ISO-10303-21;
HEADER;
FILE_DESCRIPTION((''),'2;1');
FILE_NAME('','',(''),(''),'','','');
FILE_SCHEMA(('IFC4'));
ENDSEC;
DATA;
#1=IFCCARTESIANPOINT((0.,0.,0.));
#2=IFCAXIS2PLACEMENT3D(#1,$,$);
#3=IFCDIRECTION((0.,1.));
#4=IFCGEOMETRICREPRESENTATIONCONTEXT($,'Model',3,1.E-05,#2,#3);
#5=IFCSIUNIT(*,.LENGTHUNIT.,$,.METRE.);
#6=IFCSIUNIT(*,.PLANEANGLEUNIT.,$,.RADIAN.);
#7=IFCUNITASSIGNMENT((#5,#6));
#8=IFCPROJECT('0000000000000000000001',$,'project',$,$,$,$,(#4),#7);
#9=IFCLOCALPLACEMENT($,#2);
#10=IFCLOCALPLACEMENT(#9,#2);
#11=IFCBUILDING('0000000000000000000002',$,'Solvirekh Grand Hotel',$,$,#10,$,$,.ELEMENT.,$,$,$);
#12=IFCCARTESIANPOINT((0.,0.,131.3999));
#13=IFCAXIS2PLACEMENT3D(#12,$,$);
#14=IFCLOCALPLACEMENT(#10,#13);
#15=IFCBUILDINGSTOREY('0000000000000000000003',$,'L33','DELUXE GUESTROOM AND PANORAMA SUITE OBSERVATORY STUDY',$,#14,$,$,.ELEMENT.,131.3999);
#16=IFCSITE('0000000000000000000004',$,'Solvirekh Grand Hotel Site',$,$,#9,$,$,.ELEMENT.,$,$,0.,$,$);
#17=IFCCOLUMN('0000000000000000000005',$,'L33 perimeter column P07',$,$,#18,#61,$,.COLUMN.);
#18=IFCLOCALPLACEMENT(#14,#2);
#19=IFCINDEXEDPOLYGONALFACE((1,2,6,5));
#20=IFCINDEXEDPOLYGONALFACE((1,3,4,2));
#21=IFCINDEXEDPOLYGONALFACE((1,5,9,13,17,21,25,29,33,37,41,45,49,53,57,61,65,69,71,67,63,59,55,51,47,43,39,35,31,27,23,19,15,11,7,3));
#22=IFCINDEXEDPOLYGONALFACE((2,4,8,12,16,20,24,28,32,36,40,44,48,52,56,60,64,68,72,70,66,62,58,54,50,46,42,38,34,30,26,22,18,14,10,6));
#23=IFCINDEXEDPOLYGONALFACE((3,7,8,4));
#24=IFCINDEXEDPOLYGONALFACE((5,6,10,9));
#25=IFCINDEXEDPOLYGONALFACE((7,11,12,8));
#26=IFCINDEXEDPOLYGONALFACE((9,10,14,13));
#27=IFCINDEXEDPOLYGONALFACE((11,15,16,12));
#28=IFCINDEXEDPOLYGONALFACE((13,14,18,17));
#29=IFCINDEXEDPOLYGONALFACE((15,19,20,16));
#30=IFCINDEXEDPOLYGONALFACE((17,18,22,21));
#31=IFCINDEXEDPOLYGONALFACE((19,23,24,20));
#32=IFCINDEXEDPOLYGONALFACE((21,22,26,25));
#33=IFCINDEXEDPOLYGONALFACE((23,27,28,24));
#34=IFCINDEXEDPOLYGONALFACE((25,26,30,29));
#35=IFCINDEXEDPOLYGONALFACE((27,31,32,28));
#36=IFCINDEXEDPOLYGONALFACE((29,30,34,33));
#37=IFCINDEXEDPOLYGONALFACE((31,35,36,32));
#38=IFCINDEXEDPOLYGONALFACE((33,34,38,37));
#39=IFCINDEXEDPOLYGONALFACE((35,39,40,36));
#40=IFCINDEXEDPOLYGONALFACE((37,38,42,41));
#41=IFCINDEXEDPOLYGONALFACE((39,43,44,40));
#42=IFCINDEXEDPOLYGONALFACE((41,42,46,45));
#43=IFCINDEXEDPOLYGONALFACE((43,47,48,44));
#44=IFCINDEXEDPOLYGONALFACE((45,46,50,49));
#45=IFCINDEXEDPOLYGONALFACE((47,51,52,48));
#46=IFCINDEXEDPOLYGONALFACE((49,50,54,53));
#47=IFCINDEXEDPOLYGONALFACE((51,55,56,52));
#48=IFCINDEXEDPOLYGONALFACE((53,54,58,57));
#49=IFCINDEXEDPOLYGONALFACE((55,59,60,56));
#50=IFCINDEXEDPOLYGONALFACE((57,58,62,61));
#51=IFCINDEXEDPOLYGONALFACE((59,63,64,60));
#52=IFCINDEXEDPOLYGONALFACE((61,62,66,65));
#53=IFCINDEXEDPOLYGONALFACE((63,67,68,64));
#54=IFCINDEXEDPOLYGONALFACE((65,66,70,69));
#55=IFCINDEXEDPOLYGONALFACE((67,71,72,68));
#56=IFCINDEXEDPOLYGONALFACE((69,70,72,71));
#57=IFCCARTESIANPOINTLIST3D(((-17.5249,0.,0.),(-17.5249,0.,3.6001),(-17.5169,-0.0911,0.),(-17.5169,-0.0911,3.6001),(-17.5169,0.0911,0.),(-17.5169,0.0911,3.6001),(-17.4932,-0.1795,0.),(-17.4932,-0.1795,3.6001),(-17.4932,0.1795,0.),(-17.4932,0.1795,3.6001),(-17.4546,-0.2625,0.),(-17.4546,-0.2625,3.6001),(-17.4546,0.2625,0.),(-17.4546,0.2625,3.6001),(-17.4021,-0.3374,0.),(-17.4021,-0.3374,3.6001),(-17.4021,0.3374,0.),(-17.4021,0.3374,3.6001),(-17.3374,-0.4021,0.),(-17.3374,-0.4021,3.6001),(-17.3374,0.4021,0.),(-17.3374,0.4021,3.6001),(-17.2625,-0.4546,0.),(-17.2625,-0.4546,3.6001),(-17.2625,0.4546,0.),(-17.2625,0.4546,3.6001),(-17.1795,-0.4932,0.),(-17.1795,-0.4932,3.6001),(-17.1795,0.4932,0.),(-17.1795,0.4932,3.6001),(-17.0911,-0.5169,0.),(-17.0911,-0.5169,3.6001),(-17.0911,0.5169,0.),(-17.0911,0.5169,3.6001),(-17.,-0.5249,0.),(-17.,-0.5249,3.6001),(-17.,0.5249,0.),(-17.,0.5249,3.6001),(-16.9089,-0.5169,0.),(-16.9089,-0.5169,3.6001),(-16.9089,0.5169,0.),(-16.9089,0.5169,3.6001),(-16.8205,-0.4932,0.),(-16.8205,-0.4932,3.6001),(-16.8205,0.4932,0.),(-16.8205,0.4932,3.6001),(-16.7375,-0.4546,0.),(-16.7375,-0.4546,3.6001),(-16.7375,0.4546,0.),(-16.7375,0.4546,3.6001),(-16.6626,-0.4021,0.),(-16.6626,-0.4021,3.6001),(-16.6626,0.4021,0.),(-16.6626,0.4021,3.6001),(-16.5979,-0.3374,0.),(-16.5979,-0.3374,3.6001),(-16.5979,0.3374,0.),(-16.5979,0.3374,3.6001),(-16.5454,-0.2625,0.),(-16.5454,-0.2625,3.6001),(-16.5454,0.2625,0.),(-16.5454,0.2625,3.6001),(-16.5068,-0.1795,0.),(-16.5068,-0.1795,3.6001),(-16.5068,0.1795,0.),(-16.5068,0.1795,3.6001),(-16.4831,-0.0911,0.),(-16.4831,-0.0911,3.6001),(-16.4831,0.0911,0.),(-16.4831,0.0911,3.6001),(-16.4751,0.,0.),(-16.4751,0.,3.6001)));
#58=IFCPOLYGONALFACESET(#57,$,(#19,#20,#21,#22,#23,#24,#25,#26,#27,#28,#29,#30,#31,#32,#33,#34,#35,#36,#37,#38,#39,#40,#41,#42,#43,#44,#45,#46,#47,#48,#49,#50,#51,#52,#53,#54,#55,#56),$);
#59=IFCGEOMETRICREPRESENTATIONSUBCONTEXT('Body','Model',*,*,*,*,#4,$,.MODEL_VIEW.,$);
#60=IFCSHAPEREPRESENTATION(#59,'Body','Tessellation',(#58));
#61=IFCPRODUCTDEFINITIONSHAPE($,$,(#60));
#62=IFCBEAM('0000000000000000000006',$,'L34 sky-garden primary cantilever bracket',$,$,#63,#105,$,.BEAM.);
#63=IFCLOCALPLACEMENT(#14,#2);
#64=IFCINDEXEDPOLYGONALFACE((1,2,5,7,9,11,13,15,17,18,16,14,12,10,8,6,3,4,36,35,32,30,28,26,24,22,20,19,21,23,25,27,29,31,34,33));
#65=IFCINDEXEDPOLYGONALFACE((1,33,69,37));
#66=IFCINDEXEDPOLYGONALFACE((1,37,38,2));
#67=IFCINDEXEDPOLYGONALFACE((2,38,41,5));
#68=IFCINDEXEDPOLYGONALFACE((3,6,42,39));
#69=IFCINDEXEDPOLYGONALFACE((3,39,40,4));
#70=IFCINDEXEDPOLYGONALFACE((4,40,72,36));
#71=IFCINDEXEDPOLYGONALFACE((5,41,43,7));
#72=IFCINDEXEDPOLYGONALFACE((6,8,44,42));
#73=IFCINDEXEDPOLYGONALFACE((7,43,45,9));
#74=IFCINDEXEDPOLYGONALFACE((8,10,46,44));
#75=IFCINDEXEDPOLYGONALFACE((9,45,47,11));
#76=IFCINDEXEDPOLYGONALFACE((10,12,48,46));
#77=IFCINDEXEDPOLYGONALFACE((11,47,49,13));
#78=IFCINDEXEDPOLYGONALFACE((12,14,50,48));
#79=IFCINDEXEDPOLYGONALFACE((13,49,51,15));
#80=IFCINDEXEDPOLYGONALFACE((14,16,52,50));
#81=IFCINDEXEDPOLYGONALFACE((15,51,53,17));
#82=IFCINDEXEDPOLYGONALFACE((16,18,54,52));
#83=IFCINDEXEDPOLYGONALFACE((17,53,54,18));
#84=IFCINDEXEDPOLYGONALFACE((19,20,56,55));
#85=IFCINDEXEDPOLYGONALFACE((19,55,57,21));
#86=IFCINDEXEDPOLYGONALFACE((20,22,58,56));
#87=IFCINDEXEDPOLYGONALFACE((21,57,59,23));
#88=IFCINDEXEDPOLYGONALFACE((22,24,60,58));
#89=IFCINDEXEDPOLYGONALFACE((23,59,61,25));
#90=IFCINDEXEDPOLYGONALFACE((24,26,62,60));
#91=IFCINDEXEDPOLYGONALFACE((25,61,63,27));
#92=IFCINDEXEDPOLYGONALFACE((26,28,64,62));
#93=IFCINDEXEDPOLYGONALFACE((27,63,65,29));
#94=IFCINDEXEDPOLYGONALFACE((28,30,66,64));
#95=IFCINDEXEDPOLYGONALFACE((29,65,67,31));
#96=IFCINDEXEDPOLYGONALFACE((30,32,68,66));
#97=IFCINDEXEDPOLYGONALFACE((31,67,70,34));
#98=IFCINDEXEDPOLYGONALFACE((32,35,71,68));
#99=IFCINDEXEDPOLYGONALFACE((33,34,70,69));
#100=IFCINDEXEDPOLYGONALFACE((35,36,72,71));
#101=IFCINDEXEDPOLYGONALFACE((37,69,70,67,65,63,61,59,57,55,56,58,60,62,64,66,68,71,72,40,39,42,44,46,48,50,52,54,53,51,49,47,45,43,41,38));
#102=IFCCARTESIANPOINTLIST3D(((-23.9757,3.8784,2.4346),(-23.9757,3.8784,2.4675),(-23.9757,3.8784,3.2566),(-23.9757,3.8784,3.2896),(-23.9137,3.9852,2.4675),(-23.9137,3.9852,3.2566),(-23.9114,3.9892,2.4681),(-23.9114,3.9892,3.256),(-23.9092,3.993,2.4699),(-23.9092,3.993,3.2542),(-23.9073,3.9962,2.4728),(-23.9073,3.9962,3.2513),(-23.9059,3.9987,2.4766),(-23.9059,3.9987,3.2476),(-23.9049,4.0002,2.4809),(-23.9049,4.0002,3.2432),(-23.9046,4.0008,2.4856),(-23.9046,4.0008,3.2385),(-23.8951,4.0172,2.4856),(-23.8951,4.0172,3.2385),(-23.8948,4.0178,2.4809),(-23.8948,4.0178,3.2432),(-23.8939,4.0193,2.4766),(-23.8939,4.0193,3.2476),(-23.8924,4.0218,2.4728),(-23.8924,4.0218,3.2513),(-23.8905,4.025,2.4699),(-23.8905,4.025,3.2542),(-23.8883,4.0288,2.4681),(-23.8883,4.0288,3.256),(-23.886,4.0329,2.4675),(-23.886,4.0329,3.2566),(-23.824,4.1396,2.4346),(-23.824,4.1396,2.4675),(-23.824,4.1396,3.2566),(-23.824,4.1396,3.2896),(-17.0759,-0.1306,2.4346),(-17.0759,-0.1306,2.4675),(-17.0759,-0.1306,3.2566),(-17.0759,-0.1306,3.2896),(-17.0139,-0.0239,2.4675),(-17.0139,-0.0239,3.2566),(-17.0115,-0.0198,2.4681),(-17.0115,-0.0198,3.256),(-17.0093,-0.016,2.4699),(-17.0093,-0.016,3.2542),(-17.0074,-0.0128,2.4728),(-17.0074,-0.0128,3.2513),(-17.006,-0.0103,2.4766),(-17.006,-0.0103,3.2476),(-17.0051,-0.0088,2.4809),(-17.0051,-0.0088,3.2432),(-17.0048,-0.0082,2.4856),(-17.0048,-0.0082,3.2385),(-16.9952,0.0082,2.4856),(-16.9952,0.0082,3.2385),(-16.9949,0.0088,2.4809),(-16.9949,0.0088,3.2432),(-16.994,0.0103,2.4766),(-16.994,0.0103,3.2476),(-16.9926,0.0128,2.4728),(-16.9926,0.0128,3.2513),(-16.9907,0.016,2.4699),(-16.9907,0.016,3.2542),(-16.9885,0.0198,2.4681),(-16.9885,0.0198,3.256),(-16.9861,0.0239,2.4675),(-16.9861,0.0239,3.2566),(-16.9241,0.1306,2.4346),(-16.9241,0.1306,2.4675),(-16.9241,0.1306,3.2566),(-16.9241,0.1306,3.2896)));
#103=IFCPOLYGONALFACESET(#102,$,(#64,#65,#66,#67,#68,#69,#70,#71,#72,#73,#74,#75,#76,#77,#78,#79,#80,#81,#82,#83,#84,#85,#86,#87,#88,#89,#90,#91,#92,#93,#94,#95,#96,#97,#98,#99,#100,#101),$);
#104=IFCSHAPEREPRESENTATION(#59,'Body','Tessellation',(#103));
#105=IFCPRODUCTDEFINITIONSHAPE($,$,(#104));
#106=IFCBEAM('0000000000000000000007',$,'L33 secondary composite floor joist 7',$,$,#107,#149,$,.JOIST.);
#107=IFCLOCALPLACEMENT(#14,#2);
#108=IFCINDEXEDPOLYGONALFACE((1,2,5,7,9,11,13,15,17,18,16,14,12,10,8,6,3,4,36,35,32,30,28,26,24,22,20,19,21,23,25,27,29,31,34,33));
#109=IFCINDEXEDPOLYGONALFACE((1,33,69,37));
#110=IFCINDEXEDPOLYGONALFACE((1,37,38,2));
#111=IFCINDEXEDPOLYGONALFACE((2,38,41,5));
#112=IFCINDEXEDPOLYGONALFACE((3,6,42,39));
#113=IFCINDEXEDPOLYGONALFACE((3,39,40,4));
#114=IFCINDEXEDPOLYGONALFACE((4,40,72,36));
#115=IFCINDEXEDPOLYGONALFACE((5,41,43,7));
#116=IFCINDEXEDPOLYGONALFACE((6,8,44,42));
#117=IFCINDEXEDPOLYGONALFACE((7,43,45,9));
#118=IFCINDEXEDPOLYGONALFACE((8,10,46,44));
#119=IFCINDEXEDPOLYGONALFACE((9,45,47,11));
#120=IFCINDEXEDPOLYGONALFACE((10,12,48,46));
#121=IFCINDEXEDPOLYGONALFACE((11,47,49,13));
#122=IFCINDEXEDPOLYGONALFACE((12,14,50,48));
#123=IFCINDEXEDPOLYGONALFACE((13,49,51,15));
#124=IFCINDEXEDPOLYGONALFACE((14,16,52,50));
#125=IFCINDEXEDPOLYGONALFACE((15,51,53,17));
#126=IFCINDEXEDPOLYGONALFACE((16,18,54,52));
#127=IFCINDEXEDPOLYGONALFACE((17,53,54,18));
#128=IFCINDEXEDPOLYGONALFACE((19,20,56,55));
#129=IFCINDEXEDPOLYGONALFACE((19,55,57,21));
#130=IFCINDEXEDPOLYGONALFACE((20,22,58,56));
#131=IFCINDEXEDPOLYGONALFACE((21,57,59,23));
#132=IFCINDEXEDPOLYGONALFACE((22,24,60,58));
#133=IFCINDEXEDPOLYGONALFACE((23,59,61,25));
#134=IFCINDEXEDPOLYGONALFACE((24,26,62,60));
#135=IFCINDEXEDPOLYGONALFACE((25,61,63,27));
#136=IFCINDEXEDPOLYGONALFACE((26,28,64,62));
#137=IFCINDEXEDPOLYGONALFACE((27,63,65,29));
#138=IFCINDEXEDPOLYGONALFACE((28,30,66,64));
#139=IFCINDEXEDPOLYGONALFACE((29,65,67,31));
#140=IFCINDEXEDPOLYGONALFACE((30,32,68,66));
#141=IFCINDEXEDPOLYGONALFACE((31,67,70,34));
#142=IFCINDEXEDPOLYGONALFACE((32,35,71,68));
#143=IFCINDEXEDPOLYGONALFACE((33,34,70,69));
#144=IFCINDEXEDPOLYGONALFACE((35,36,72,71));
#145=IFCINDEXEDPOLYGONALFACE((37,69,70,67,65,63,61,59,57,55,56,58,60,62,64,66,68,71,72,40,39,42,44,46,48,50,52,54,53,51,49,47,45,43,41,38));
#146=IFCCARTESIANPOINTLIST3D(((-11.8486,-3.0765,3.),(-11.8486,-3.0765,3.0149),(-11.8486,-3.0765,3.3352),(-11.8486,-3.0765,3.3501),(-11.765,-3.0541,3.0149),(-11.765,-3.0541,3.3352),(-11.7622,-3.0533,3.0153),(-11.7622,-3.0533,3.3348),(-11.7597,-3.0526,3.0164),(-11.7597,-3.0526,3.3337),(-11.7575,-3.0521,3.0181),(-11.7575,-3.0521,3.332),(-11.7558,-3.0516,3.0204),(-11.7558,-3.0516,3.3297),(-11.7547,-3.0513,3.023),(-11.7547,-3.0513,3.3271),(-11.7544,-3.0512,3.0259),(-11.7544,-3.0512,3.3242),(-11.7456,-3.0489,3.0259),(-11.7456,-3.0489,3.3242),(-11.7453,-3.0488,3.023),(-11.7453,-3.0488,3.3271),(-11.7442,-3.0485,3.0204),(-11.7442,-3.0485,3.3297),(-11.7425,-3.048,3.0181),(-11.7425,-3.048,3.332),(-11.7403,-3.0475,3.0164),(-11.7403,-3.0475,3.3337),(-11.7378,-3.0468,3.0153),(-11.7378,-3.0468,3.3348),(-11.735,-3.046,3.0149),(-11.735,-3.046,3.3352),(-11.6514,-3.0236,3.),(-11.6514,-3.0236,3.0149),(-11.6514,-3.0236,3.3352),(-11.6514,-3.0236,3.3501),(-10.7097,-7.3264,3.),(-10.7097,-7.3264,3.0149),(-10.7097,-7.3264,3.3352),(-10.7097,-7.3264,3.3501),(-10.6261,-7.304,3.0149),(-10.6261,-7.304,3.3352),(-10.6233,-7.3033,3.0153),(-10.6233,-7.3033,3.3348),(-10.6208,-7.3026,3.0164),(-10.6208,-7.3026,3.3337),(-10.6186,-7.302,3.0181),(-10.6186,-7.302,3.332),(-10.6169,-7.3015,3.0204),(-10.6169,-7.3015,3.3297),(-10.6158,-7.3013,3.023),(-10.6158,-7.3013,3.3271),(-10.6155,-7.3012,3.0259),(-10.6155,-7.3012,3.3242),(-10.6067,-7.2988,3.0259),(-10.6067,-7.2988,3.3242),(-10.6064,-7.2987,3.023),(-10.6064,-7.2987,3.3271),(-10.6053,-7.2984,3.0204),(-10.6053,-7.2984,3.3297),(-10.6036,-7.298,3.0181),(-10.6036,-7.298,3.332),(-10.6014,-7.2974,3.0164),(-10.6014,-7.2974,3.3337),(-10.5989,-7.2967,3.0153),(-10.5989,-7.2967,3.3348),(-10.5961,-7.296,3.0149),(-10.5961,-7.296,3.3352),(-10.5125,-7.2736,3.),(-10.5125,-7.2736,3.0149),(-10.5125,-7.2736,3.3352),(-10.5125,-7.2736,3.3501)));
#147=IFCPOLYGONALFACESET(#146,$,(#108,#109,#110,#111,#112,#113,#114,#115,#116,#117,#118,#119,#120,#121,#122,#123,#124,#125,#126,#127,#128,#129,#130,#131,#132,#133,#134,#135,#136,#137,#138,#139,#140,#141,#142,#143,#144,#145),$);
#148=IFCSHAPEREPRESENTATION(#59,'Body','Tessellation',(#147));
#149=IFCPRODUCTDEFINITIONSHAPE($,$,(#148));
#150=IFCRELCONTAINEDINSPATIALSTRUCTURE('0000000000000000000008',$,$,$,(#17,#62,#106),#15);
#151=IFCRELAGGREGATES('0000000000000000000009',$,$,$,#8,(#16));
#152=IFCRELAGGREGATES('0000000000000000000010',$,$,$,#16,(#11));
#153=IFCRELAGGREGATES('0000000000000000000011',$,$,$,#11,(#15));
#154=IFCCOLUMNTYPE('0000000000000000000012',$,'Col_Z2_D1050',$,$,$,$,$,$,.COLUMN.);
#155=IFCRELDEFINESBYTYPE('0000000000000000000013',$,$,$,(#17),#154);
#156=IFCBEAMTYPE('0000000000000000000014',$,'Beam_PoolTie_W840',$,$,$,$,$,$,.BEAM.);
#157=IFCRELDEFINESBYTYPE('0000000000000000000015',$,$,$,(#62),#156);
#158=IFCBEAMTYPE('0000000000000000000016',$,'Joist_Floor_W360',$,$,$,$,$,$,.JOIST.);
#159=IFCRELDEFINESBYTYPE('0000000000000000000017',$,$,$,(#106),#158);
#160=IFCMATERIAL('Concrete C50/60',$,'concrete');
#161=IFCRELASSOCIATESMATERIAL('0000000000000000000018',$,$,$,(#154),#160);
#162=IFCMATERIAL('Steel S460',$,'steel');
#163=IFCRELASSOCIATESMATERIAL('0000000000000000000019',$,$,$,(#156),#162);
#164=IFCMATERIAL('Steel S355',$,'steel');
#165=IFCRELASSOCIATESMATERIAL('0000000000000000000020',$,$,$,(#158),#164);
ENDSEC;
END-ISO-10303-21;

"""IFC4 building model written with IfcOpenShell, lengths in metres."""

from ifc_helpers import new_model, si_unit, direction, frame, origin, origin_2d, place, context, subcontext, project, spatial, circle, i_section, extrude, material, material_profile, profile_set, type_object, element, save


model = new_model("IFC4")

# Units and contexts
model_context = context("Model", 3, precision=1e-05, world=origin(), true_north=direction((0.0, 1.0)))
body_context = subcontext(model_context, "Body", "Model", "MODEL_VIEW")
ifc_project = project(units=[si_unit("LENGTHUNIT", "METRE"), si_unit("PLANEANGLEUNIT", "RADIAN")], contexts=[model_context])

# Site, building, storey
site_placement = place(None, origin())
site = spatial("IfcSite", under=ifc_project, at=site_placement, Name="Solvirekh Grand Hotel Site", CompositionType="ELEMENT", RefElevation=0.0)
building_placement = place(site_placement, origin())
building = spatial("IfcBuilding", under=site, at=building_placement, Name="Solvirekh Grand Hotel", CompositionType="ELEMENT")
storey_placement = place(building_placement, frame((0.0, 0.0, 131.3999)))
storey = spatial("IfcBuildingStorey", under=building, at=storey_placement, Name="L33", Description="DELUXE GUESTROOM AND PANORAMA SUITE OBSERVATORY STUDY", CompositionType="ELEMENT", Elevation=131.3999)

# Column
ifc_material_1 = material(Name="Concrete C50/60", Category="concrete")
ifc_material_profile_1 = material_profile(ifc_material_1, circle(Radius=0.5249, at=origin_2d()), Name="RC CIRC D1050")
ifc_profile_set_1 = profile_set([ifc_material_profile_1], Name="Concrete C50/60")
column_type = type_object("IfcColumnType", Name="Col_Z2_D1050", PredefinedType="COLUMN", material=ifc_profile_set_1)
column_placement = place(storey_placement, frame((-17.0, 0.0, 0.0), z_axis=(0.0, 0.0, 1.0), x_axis=(1.0, 0.0, 0.0)))
element("IfcColumn", 1, at=column_placement, inside=storey, type_object=column_type, Name="L33 perimeter column P07", PredefinedType="COLUMN", context=body_context, shape_type="SweptSolid", body=[
    extrude(circle(Radius=0.5249, at=origin_2d()), origin(), (0.0, 0.0, 1.0), 3.6001),
])

# Beams
ifc_material_2 = material(Name="Steel S460", Category="steel")
ifc_material_profile_2 = material_profile(ifc_material_2, i_section(OverallWidth=0.302, OverallDepth=0.855, WebThickness=0.019, FlangeThickness=0.033, FilletRadius=0.0181, at=origin_2d()), Name="W840X299")
ifc_profile_set_2 = profile_set([ifc_material_profile_2], Name="Steel S460")
beam_type_1 = type_object("IfcBeamType", Name="Beam_PoolTie_W840", PredefinedType="BEAM", material=ifc_profile_set_2)
beam_1_placement = place(storey_placement, frame((-17.0, 0.0, 2.8621), z_axis=(-0.864645, 0.502383, 0.0), x_axis=(-0.502383, -0.864645, 0.0)))
element("IfcBeam", 2, at=beam_1_placement, inside=storey, type_object=beam_type_1, Name="L34 sky-garden primary cantilever bracket", PredefinedType="BEAM", context=body_context, shape_type="SweptSolid", body=[
    extrude(i_section(OverallWidth=0.302, OverallDepth=0.855, WebThickness=0.019, FlangeThickness=0.033, FilletRadius=0.0181, at=origin_2d()), origin(), (0.0, 0.0, 1.0), 7.98),
])
ifc_material_3 = material(Name="Steel S355", Category="steel")
ifc_material_profile_3 = material_profile(ifc_material_3, i_section(OverallWidth=0.2041, OverallDepth=0.3501, WebThickness=0.009, FlangeThickness=0.0149, FilletRadius=0.011, at=origin_2d()), Name="W360X72")
ifc_profile_set_3 = profile_set([ifc_material_profile_3], Name="Steel S355")
beam_type_2 = type_object("IfcBeamType", Name="Joist_Floor_W360", PredefinedType="JOIST", material=ifc_profile_set_3)
beam_2_placement = place(storey_placement, frame((-11.75, -3.05, 3.175), z_axis=(0.258847, -0.965918, 0.0), x_axis=(0.965918, 0.258847, 0.0)))
element("IfcBeam", 3, at=beam_2_placement, inside=storey, type_object=beam_type_2, Name="L33 secondary composite floor joist 7", PredefinedType="JOIST", context=body_context, shape_type="SweptSolid", body=[
    extrude(i_section(OverallWidth=0.2041, OverallDepth=0.3501, WebThickness=0.009, FlangeThickness=0.0149, FilletRadius=0.011, at=origin_2d()), origin(), (0.0, 0.0, 1.0), 4.3999),
])

save(model, "model.ifc")
